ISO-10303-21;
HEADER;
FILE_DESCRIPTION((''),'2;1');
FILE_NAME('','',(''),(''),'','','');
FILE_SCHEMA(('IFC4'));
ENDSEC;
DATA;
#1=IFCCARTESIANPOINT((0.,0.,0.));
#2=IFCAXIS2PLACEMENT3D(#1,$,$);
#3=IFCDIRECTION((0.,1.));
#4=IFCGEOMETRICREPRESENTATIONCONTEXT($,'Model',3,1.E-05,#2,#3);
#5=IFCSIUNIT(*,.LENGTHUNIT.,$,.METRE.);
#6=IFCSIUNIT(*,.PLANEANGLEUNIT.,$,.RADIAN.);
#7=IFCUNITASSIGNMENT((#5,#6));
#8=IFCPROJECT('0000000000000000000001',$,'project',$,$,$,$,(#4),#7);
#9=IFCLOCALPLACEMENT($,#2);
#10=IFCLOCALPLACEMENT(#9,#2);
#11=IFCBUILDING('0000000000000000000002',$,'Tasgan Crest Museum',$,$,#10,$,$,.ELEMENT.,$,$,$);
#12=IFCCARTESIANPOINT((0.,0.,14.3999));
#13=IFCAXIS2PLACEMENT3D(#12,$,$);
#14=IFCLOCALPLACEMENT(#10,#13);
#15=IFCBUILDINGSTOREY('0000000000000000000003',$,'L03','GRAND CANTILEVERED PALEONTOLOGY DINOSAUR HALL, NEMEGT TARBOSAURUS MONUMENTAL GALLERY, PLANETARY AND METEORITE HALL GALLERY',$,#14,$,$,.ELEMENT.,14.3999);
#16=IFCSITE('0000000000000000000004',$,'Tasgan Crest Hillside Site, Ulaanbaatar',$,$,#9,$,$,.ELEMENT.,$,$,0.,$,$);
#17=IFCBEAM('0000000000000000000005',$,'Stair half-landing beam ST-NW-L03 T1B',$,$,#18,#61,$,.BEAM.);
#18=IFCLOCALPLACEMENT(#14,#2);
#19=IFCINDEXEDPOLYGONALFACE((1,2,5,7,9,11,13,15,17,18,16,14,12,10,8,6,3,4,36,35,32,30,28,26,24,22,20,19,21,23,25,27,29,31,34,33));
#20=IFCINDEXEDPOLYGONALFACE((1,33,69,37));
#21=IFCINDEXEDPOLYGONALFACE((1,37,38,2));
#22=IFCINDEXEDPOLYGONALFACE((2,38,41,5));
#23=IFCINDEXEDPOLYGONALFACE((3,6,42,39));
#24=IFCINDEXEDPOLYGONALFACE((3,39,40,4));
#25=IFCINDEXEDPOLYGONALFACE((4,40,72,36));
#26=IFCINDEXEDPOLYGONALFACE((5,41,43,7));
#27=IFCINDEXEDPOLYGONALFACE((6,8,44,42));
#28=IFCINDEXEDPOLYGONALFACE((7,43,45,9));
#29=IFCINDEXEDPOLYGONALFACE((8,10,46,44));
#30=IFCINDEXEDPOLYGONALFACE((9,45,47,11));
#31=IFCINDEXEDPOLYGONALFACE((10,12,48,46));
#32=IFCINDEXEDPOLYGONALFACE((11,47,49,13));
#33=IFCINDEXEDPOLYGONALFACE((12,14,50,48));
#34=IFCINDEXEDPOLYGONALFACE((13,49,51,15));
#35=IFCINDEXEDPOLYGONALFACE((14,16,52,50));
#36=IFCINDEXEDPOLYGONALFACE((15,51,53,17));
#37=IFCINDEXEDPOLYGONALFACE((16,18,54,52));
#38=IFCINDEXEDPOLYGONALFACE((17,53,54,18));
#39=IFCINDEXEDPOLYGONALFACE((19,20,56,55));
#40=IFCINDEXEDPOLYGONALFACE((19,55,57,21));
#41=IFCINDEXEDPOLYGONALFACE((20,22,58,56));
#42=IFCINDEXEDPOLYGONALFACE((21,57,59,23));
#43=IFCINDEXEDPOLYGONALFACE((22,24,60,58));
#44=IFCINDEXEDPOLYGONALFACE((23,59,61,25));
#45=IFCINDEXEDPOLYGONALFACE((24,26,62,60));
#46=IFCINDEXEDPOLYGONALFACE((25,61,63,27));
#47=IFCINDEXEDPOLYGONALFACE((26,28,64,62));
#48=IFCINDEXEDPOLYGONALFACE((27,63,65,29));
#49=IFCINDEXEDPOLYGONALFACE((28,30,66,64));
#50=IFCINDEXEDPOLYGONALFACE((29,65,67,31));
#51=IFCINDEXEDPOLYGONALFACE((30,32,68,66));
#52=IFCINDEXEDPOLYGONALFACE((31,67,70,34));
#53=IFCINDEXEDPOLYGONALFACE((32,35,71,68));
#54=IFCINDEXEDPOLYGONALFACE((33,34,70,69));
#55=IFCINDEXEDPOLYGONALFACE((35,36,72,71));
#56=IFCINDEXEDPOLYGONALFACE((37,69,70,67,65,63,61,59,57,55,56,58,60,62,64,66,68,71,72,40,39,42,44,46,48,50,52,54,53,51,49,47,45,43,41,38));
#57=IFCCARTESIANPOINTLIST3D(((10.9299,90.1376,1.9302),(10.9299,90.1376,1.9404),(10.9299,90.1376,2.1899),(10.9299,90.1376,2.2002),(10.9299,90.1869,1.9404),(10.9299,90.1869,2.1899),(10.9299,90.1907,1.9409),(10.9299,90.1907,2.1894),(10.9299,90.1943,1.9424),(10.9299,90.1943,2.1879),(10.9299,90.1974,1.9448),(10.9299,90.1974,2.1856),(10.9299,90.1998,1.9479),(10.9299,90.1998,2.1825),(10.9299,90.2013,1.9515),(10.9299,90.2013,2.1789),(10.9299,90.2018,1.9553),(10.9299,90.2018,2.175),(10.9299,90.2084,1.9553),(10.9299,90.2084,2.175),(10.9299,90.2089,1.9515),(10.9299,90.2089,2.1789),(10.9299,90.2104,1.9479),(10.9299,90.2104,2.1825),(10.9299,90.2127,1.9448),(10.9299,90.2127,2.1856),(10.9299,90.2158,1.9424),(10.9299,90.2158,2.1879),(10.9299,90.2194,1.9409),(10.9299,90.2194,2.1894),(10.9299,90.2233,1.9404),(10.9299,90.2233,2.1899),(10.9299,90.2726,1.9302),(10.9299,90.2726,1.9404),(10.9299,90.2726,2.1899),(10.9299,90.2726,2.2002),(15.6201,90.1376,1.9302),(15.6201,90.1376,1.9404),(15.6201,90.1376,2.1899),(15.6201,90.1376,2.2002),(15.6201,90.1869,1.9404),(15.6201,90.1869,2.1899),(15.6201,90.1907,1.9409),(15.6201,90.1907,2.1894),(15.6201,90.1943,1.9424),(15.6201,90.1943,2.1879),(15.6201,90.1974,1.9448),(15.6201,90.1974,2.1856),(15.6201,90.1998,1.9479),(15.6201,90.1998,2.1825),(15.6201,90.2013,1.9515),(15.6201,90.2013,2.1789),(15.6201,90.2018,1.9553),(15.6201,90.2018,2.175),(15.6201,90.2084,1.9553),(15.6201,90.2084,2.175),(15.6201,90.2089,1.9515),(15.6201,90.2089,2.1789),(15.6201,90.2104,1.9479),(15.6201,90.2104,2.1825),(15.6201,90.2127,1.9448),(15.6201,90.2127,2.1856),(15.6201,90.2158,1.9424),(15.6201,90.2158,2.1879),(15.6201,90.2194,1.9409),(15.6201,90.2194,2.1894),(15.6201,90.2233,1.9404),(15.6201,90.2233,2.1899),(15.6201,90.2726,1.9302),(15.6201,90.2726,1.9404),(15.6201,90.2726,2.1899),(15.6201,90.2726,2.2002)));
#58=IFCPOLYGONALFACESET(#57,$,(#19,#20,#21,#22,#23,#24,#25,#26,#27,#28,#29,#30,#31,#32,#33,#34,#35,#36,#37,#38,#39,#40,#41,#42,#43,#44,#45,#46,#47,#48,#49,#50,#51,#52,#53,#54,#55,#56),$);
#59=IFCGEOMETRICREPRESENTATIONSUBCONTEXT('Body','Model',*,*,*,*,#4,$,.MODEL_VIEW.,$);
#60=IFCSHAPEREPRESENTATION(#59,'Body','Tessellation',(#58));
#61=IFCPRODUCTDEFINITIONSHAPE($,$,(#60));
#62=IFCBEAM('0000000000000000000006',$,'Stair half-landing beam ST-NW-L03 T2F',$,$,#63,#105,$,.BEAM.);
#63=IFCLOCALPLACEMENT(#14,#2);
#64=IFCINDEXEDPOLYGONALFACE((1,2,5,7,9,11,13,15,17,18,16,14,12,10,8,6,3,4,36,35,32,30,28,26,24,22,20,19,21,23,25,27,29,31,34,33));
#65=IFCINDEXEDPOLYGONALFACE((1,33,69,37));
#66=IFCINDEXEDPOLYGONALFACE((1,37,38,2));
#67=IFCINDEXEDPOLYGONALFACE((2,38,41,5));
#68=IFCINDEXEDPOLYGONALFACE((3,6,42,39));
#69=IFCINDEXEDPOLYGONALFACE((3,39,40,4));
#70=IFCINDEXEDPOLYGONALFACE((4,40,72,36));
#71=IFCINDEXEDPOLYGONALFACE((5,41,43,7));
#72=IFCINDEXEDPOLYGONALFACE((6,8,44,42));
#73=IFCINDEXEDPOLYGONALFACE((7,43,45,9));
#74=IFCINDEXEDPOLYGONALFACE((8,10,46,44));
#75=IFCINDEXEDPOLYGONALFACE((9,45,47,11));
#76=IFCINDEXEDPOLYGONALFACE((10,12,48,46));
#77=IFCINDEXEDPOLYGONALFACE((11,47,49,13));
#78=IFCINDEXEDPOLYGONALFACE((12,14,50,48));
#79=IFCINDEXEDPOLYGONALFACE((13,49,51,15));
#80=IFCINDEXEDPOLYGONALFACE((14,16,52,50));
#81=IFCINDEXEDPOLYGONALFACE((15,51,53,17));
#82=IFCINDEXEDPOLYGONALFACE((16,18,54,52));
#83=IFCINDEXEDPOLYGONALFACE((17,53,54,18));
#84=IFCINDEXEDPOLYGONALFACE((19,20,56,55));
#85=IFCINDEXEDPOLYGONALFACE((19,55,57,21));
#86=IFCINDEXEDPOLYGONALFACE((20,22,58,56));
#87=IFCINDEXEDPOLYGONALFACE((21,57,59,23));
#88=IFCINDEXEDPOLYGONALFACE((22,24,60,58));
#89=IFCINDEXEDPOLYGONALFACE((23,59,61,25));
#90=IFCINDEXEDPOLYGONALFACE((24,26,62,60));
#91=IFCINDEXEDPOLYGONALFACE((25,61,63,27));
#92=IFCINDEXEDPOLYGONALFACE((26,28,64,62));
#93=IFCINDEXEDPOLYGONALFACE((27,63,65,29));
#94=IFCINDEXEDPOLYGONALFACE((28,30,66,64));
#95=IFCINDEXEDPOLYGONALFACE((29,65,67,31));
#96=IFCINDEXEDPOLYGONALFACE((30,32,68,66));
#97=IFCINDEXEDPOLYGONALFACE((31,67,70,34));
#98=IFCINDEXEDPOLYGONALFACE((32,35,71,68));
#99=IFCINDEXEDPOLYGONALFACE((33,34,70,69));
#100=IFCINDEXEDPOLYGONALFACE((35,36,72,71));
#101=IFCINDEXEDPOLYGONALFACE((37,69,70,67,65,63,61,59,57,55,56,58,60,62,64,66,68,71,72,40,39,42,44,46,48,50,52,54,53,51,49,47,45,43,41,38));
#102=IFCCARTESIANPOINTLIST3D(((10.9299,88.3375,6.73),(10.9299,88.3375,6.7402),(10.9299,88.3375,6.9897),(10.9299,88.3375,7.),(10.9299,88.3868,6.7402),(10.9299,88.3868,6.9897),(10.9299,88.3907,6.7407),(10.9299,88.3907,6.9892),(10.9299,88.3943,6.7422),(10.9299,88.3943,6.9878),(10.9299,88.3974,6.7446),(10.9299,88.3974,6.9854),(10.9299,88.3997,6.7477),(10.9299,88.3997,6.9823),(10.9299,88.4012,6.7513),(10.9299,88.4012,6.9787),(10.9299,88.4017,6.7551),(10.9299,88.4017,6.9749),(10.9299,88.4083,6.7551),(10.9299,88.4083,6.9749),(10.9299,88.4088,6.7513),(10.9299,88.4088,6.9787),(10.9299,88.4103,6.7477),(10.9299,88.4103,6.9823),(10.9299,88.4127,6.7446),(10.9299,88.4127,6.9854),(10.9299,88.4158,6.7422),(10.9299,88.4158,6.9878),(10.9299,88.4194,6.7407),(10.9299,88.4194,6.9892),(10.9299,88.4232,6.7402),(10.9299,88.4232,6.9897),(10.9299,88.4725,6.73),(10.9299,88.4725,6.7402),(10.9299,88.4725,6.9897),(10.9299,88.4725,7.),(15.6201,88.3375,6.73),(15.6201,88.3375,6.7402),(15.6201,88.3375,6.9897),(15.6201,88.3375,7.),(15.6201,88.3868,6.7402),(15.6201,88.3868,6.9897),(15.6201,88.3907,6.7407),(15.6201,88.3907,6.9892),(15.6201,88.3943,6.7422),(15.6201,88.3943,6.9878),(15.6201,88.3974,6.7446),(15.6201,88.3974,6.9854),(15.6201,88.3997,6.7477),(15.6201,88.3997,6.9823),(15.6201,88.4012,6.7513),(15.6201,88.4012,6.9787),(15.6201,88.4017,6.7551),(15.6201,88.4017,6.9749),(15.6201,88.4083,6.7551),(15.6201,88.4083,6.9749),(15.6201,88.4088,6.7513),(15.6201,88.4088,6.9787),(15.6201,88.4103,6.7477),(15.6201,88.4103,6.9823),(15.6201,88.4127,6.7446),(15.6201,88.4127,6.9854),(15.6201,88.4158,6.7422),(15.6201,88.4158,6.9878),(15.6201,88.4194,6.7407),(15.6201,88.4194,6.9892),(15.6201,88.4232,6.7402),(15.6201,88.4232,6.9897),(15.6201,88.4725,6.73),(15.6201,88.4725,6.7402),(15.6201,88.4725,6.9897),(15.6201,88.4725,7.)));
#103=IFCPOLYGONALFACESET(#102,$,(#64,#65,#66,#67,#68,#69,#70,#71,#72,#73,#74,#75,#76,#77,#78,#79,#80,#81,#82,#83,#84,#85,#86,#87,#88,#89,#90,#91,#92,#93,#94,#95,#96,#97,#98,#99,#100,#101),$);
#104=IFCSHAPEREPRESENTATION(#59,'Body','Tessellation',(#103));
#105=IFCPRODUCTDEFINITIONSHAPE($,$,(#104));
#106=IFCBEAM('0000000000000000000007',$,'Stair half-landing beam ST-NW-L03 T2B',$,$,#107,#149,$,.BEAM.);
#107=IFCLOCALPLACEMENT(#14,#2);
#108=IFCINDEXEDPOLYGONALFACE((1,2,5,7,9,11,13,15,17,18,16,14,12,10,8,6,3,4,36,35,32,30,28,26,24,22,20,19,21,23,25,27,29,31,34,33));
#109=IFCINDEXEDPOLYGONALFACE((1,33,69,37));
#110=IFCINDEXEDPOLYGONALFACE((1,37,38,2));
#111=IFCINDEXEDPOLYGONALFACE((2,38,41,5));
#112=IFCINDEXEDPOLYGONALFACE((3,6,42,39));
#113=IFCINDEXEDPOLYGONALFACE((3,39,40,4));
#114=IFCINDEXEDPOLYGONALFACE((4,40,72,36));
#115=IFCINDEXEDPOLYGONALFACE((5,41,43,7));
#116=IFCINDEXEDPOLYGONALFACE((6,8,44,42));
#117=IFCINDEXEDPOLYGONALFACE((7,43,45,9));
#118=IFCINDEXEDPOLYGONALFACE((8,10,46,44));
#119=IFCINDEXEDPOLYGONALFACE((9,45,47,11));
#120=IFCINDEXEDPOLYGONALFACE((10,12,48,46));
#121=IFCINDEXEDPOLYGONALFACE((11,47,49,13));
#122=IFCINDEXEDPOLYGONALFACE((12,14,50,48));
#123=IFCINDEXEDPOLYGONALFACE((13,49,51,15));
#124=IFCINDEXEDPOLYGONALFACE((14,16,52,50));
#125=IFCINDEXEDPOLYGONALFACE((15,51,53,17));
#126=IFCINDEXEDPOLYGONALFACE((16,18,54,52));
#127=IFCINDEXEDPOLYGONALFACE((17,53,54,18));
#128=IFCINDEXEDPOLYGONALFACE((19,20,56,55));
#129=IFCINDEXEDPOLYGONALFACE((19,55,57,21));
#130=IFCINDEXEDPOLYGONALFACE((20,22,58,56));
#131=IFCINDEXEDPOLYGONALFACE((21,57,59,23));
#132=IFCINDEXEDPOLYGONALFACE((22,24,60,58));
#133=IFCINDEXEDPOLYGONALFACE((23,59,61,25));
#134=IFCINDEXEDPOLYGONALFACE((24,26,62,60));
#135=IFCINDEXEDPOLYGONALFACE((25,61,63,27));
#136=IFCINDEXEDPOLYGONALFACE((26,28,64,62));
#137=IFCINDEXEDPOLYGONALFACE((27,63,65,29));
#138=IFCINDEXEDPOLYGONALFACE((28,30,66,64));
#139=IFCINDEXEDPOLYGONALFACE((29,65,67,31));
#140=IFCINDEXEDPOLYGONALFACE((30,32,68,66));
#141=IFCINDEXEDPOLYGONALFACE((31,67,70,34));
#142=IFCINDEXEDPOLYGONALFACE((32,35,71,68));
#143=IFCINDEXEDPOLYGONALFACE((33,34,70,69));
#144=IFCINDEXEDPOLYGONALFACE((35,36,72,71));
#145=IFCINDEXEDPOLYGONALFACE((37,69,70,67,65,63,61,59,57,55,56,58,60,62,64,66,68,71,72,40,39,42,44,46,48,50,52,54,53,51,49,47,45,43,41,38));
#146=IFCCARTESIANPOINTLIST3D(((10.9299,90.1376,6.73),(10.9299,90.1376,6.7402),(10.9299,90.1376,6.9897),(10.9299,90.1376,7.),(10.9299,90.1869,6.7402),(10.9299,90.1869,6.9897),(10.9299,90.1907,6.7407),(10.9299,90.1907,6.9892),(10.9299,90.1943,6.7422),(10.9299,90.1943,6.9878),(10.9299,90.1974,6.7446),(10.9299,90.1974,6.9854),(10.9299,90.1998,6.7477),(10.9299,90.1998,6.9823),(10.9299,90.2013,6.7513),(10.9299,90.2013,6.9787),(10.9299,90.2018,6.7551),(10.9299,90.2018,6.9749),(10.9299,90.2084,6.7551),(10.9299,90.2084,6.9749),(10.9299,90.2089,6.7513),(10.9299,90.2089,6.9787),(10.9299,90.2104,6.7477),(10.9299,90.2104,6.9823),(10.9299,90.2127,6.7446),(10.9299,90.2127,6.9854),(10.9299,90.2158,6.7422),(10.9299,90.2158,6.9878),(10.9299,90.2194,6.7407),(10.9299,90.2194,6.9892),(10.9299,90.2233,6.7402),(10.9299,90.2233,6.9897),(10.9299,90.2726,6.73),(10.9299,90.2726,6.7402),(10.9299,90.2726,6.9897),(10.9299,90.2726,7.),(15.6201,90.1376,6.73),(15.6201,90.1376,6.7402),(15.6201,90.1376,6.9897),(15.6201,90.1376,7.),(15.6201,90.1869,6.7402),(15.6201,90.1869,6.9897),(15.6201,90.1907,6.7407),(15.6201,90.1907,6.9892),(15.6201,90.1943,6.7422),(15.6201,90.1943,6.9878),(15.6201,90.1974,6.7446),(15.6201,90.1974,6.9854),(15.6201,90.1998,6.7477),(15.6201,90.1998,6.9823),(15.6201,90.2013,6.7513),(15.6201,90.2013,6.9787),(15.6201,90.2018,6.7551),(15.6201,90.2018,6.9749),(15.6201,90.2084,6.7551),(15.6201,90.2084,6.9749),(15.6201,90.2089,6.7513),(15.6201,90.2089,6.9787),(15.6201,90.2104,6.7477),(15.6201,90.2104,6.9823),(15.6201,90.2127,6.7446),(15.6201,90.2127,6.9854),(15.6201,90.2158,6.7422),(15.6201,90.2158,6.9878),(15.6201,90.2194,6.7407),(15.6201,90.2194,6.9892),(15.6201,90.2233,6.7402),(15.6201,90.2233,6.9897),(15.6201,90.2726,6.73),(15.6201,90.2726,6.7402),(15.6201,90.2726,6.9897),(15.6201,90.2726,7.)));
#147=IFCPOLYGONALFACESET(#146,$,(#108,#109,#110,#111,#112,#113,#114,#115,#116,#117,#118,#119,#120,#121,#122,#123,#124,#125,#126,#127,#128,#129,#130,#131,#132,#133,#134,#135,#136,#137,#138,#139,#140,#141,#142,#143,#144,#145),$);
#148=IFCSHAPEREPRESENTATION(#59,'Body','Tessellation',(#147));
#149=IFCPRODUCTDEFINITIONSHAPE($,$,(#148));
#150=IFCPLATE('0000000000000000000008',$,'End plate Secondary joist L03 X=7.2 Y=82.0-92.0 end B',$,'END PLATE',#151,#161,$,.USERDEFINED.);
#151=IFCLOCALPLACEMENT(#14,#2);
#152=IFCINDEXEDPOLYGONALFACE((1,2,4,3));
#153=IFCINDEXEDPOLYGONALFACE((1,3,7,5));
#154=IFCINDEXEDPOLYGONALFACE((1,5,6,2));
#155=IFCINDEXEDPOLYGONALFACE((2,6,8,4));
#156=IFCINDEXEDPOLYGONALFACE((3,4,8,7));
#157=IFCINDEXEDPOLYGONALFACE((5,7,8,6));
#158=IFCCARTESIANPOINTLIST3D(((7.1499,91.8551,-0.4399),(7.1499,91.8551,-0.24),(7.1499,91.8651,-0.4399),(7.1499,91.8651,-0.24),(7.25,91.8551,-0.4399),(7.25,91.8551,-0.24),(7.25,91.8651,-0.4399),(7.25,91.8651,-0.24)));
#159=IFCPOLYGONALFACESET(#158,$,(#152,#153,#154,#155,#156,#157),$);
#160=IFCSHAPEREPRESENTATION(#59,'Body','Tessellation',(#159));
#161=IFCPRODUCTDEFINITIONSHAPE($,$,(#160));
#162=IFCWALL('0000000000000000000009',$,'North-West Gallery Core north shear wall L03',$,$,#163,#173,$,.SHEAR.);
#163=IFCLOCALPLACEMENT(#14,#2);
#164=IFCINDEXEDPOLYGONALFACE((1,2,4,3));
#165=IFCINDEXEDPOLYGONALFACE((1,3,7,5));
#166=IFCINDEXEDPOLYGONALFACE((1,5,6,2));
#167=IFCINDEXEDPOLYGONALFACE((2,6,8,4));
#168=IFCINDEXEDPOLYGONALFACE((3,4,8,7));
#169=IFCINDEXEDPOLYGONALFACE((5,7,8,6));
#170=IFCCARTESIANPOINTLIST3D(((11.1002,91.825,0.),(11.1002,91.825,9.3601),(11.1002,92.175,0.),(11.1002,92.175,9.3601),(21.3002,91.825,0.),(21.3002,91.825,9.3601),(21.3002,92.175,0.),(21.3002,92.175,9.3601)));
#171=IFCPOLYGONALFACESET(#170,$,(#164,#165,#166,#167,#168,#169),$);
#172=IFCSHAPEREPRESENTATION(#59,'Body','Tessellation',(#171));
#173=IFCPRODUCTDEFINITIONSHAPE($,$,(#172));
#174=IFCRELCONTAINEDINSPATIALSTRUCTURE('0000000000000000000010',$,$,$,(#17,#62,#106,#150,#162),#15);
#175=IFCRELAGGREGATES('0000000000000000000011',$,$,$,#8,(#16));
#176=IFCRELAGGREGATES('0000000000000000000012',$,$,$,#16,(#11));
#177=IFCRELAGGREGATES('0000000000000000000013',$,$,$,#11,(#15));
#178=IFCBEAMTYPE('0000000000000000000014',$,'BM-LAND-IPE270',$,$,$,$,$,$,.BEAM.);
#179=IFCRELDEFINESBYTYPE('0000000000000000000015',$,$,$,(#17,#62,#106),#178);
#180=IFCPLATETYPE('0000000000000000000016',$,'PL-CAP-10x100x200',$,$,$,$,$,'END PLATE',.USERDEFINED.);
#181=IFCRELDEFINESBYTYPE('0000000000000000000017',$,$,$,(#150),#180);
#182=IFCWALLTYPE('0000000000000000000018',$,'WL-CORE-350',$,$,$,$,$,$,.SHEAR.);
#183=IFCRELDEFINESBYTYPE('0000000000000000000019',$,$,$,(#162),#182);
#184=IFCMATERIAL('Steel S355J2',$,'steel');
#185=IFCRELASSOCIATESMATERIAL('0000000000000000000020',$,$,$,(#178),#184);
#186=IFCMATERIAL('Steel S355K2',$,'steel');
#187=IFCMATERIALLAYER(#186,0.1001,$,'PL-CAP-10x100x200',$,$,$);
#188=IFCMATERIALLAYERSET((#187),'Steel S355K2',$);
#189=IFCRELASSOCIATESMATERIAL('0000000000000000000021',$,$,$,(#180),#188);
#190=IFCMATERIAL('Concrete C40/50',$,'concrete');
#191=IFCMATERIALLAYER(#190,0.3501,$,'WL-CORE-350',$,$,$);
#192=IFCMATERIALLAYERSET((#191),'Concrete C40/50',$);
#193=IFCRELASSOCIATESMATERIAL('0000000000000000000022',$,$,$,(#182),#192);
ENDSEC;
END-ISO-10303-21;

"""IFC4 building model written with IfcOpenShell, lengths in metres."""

from ifc_helpers import new_model, si_unit, direction, frame, frame_2d, origin, origin_2d, place, context, subcontext, project, spatial, rectangle, i_section, extrude, material, layer, layer_set, material_profile, profile_set, type_object, element, save


model = new_model("IFC4")

# Units and contexts
model_context = context("Model", 3, precision=1e-05, world=origin(), true_north=direction((0.0, 1.0)))
body_context = subcontext(model_context, "Body", "Model", "MODEL_VIEW")
ifc_project = project(units=[si_unit("LENGTHUNIT", "METRE"), si_unit("PLANEANGLEUNIT", "RADIAN")], contexts=[model_context])

# Site, building, storey
site_placement = place(None, origin())
site = spatial("IfcSite", under=ifc_project, at=site_placement, Name="Tasgan Crest Hillside Site, Ulaanbaatar", CompositionType="ELEMENT", RefElevation=0.0)
building_placement = place(site_placement, origin())
building = spatial("IfcBuilding", under=site, at=building_placement, Name="Tasgan Crest Museum", CompositionType="ELEMENT")
storey_placement = place(building_placement, frame((0.0, 0.0, 14.3999)))
storey = spatial("IfcBuildingStorey", under=building, at=storey_placement, Name="L03", Description="GRAND CANTILEVERED PALEONTOLOGY DINOSAUR HALL, NEMEGT TARBOSAURUS MONUMENTAL GALLERY, PLANETARY AND METEORITE HALL GALLERY", CompositionType="ELEMENT", Elevation=14.3999)

# Beams
ifc_material_1 = material(Name="Steel S355J2", Category="steel")
ifc_material_profile_1 = material_profile(ifc_material_1, i_section(OverallWidth=0.135, OverallDepth=0.27, WebThickness=0.0066, FlangeThickness=0.0103, FilletRadius=0.0149, at=origin_2d()), Name="IPE 270")
ifc_profile_set_1 = profile_set([ifc_material_profile_1], Name="Steel S355J2")
beam_type_1 = type_object("IfcBeamType", Name="BM-LAND-IPE270", PredefinedType="BEAM", material=ifc_profile_set_1)
for number, where, z_axis, x_axis, name in (
    (1, (10.9299, 90.2051, 2.0652), (1.0, 0.0, 0.0), (0.0, 1.0, 0.0), "Stair half-landing beam ST-NW-L03 T1B"),
    (2, (10.9299, 88.405, 6.865), (1.0, 0.0, 0.0), (0.0, 1.0, 0.0), "Stair half-landing beam ST-NW-L03 T2F"),
    (3, (10.9299, 90.2051, 6.865), (1.0, 0.0, 0.0), (0.0, 1.0, 0.0), "Stair half-landing beam ST-NW-L03 T2B"),
):
    element("IfcBeam", number, at=place(storey_placement, frame(where, z_axis=z_axis, x_axis=x_axis)), inside=storey, type_object=beam_type_1, Name=name, PredefinedType="BEAM", context=body_context, shape_type="SweptSolid", body=[
        extrude(i_section(OverallWidth=0.135, OverallDepth=0.27, WebThickness=0.0066, FlangeThickness=0.0103, FilletRadius=0.0149, at=origin_2d()), origin(), (0.0, 0.0, 1.0), 4.6902),
    ])

# Plate
ifc_material_2 = material(Name="Steel S355K2", Category="steel")
ifc_layer_1 = layer(ifc_material_2, 0.1001, Name="PL-CAP-10x100x200")
ifc_layer_set_1 = layer_set([ifc_layer_1], Name="Steel S355K2")
plate_type = type_object("IfcPlateType", Name="PL-CAP-10x100x200", ElementType="END PLATE", PredefinedType="USERDEFINED", material=ifc_layer_set_1)
plate_placement = place(storey_placement, frame((7.2, 91.8601, -0.4399), z_axis=(0.0, 0.0, 1.0), x_axis=(0.0, 1.0, 0.0)))
element("IfcPlate", 4, at=plate_placement, inside=storey, type_object=plate_type, Name="End plate Secondary joist L03 X=7.2 Y=82.0-92.0 end B", ObjectType="END PLATE", PredefinedType="USERDEFINED", context=body_context, shape_type="SweptSolid", body=[
    extrude(rectangle(XDim=0.01, YDim=0.1001, at=origin_2d()), origin(), (0.0, 0.0, 1.0), 0.2),
])

# Wall
ifc_material_3 = material(Name="Concrete C40/50", Category="concrete")
ifc_layer_2 = layer(ifc_material_3, 0.3501, Name="WL-CORE-350")
ifc_layer_set_2 = layer_set([ifc_layer_2], Name="Concrete C40/50")
wall_type_1 = type_object("IfcWallType", Name="WL-CORE-350", PredefinedType="SHEAR", material=ifc_layer_set_2)
wall_1_placement = place(storey_placement, frame((11.1001, 92.0, 0.0), z_axis=(0.0, 0.0, 1.0), x_axis=(1.0, 0.0, 0.0)))
element("IfcWall", 5, at=wall_1_placement, inside=storey, type_object=wall_type_1, Name="North-West Gallery Core north shear wall L03", PredefinedType="SHEAR", context=body_context, shape_type="SweptSolid", body=[
    extrude(rectangle(XDim=10.2, YDim=0.3501, at=frame_2d((5.1001, 0.0))), origin(), (0.0, 0.0, 1.0), 9.3601),
])

save(model, "model.ifc")
